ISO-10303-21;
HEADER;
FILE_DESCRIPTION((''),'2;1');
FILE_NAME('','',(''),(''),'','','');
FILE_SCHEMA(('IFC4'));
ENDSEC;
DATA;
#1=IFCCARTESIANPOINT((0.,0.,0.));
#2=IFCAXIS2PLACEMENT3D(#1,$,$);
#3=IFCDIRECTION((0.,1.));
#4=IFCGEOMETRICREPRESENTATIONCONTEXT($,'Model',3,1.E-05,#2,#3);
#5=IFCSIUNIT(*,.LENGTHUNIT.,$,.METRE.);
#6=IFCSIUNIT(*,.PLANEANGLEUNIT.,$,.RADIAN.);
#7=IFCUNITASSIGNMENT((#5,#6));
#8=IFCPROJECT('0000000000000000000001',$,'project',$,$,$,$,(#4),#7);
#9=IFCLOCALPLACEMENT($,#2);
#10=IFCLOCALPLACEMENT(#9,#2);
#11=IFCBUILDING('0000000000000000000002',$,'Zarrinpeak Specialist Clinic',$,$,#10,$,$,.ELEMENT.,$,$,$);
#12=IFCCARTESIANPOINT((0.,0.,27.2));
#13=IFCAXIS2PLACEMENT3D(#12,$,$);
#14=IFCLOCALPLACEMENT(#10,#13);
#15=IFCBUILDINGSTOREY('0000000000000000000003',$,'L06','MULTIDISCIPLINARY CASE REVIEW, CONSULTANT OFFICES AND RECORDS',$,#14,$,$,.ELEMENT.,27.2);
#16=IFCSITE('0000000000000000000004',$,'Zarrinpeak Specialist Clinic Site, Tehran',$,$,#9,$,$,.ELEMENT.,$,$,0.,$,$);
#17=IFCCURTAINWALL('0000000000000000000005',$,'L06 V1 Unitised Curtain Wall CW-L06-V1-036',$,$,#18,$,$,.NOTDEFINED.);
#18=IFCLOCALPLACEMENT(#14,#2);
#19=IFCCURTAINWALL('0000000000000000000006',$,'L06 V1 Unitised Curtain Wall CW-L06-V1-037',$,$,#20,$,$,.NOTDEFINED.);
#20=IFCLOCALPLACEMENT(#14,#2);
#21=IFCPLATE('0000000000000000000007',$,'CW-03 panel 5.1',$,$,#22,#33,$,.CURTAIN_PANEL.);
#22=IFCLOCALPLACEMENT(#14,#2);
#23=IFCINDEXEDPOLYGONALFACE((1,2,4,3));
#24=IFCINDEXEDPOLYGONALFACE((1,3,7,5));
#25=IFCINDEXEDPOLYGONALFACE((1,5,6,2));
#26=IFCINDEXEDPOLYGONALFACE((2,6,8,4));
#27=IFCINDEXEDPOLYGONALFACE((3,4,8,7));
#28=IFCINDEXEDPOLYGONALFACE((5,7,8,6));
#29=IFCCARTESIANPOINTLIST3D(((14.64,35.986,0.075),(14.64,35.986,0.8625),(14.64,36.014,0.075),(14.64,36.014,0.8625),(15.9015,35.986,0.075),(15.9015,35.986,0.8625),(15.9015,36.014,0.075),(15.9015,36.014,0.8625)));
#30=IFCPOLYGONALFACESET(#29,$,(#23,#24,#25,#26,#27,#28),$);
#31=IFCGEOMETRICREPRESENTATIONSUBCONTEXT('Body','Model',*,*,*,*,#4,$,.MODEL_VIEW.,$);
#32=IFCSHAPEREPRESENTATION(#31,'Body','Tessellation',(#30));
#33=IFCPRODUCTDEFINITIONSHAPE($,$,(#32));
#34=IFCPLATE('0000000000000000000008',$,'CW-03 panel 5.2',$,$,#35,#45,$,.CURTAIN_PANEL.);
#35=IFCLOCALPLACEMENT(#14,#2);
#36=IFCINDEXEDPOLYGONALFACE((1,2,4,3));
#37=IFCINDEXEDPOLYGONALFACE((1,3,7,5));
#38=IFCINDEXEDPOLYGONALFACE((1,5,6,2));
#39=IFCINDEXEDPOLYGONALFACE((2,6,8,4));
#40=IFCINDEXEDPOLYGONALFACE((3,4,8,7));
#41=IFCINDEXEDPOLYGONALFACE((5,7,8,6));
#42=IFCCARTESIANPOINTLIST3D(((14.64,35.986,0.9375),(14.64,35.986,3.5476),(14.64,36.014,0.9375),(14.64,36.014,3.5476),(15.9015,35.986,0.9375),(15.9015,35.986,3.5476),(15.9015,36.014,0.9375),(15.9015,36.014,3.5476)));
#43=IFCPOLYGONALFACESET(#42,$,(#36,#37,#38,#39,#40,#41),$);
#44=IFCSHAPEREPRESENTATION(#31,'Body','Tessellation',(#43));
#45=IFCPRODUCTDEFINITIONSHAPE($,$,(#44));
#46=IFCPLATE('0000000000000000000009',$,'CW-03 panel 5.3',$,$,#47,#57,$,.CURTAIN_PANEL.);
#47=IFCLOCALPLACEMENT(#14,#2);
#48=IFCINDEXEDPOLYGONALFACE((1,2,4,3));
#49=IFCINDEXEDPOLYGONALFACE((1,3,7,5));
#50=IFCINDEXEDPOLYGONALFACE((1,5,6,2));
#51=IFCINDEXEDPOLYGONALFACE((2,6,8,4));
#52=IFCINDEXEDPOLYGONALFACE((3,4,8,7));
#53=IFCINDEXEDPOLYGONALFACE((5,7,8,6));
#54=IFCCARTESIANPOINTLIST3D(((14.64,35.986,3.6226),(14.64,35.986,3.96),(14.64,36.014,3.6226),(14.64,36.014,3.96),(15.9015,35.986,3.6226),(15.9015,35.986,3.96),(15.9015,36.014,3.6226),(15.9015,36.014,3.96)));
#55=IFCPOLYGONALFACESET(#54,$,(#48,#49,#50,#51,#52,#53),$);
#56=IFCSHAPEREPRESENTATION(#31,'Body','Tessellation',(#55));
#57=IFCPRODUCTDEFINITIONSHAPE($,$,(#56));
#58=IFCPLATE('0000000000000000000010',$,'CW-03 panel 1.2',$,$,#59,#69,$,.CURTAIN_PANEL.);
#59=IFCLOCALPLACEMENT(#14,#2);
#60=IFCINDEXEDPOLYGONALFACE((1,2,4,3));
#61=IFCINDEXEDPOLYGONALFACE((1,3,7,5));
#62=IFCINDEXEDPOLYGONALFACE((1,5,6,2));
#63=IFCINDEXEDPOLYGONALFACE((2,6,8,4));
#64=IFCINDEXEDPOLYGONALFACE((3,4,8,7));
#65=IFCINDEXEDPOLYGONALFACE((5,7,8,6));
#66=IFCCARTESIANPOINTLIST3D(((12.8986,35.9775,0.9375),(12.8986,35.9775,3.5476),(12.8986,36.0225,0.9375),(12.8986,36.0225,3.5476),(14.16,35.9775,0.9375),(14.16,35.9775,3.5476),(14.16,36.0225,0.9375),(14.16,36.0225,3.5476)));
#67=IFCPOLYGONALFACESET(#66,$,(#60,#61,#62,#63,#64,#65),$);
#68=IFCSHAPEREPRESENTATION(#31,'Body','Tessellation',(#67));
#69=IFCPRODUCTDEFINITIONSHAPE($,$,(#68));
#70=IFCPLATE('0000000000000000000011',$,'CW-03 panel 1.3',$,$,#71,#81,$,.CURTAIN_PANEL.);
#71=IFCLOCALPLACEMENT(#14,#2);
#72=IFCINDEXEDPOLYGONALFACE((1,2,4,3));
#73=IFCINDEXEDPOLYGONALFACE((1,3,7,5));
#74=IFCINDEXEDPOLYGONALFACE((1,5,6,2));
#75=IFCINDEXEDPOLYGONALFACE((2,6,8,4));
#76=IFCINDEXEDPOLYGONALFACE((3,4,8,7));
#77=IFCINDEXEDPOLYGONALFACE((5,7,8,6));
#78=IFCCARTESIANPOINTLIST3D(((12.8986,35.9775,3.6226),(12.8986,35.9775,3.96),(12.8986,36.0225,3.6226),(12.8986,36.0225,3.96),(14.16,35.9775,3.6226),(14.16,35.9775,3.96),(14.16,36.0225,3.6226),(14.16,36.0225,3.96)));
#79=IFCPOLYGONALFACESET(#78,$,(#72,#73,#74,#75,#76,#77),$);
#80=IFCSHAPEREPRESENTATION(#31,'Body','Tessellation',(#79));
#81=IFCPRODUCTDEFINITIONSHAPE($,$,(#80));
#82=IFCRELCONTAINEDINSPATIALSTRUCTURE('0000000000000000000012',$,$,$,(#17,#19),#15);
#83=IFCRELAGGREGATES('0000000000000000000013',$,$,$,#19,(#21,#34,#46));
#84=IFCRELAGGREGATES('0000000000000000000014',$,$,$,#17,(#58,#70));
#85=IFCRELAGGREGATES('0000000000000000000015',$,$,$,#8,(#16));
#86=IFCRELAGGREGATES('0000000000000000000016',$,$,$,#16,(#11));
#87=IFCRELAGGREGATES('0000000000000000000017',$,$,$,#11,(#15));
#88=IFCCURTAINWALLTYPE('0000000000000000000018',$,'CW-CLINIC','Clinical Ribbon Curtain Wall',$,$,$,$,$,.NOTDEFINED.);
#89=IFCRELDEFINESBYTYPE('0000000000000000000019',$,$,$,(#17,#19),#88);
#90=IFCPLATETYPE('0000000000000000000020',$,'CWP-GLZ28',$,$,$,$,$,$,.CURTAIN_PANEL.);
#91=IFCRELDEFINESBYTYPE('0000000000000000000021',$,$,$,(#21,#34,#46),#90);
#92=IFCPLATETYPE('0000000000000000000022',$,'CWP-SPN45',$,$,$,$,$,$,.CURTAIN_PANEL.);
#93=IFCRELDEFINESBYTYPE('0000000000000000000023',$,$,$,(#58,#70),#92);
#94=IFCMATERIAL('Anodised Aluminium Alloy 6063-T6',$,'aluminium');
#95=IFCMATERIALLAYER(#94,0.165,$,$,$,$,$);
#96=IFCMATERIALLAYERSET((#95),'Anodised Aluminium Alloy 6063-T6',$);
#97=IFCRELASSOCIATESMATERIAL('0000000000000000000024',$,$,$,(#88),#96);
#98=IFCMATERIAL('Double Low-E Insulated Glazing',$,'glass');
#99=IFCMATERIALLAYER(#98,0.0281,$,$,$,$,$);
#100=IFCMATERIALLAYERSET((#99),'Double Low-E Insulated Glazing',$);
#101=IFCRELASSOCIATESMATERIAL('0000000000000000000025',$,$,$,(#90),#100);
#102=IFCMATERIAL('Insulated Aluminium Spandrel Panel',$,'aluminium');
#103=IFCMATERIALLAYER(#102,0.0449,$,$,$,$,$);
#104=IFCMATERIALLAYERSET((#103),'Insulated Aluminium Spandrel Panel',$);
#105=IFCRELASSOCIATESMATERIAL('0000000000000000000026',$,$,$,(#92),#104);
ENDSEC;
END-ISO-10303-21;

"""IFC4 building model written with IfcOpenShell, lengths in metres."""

from ifc_helpers import new_model, si_unit, direction, frame, origin, origin_2d, place, context, subcontext, project, spatial, rectangle, extrude, material, layer, layer_set, type_object, element, aggregate, save


model = new_model("IFC4")

# Units and contexts
model_context = context("Model", 3, precision=1e-05, world=origin(), true_north=direction((0.0, 1.0)))
body_context = subcontext(model_context, "Body", "Model", "MODEL_VIEW")
ifc_project = project(units=[si_unit("LENGTHUNIT", "METRE"), si_unit("PLANEANGLEUNIT", "RADIAN")], contexts=[model_context])

# Site, building, storey
site_placement = place(None, origin())
site = spatial("IfcSite", under=ifc_project, at=site_placement, Name="Zarrinpeak Specialist Clinic Site, Tehran", CompositionType="ELEMENT", RefElevation=0.0)
building_placement = place(site_placement, origin())
building = spatial("IfcBuilding", under=site, at=building_placement, Name="Zarrinpeak Specialist Clinic", CompositionType="ELEMENT")
storey_placement = place(building_placement, frame((0.0, 0.0, 27.2)))
storey = spatial("IfcBuildingStorey", under=building, at=storey_placement, Name="L06", Description="MULTIDISCIPLINARY CASE REVIEW, CONSULTANT OFFICES AND RECORDS", CompositionType="ELEMENT", Elevation=27.2)

# Curtain wall
ifc_material_1 = material(Name="Anodised Aluminium Alloy 6063-T6", Category="aluminium")
ifc_layer_1 = layer(ifc_material_1, 0.165)
ifc_layer_set_1 = layer_set([ifc_layer_1], Name="Anodised Aluminium Alloy 6063-T6")
curtain_wall_type = type_object("IfcCurtainWallType", Name="CW-CLINIC", Description="Clinical Ribbon Curtain Wall", PredefinedType="NOTDEFINED", material=ifc_layer_set_1)
curtain_wall_1_placement = place(storey_placement, origin())
curtain_wall_1 = element("IfcCurtainWall", 1, at=curtain_wall_1_placement, inside=storey, type_object=curtain_wall_type, Name="L06 V1 Unitised Curtain Wall CW-L06-V1-036", PredefinedType="NOTDEFINED")

# Curtain wall
curtain_wall_2_placement = place(storey_placement, origin())
curtain_wall_2 = element("IfcCurtainWall", 2, at=curtain_wall_2_placement, inside=storey, type_object=curtain_wall_type, Name="L06 V1 Unitised Curtain Wall CW-L06-V1-037", PredefinedType="NOTDEFINED")

# Plates
ifc_material_2 = material(Name="Double Low-E Insulated Glazing", Category="glass")
ifc_layer_2 = layer(ifc_material_2, 0.0281)
ifc_layer_set_2 = layer_set([ifc_layer_2], Name="Double Low-E Insulated Glazing")
plate_type_1 = type_object("IfcPlateType", Name="CWP-GLZ28", PredefinedType="CURTAIN_PANEL", material=ifc_layer_set_2)
plate_1_placement = place(storey_placement, frame((15.2708, 36.0, 0.075), z_axis=(0.0, 0.0, 1.0), x_axis=(-1.0, 0.0, 0.0)))
plate_1 = element("IfcPlate", 3, at=plate_1_placement, type_object=plate_type_1, Name="CW-03 panel 5.1", PredefinedType="CURTAIN_PANEL", context=body_context, shape_type="SweptSolid", body=[
    extrude(rectangle(XDim=1.2615, YDim=0.0281, at=origin_2d()), origin(), (0.0, 0.0, 1.0), 0.7876),
])
plate_2_placement = place(storey_placement, frame((15.2708, 36.0, 0.9375), z_axis=(0.0, 0.0, 1.0), x_axis=(-1.0, 0.0, 0.0)))
plate_2 = element("IfcPlate", 4, at=plate_2_placement, type_object=plate_type_1, Name="CW-03 panel 5.2", PredefinedType="CURTAIN_PANEL", context=body_context, shape_type="SweptSolid", body=[
    extrude(rectangle(XDim=1.2615, YDim=0.0281, at=origin_2d()), origin(), (0.0, 0.0, 1.0), 2.6101),
])
plate_3_placement = place(storey_placement, frame((15.2708, 36.0, 3.6226), z_axis=(0.0, 0.0, 1.0), x_axis=(-1.0, 0.0, 0.0)))
plate_3 = element("IfcPlate", 5, at=plate_3_placement, type_object=plate_type_1, Name="CW-03 panel 5.3", PredefinedType="CURTAIN_PANEL", context=body_context, shape_type="SweptSolid", body=[
    extrude(rectangle(XDim=1.2615, YDim=0.0281, at=origin_2d()), origin(), (0.0, 0.0, 1.0), 0.3374),
])
aggregate(curtain_wall_2, [plate_1, plate_2, plate_3])
ifc_material_3 = material(Name="Insulated Aluminium Spandrel Panel", Category="aluminium")
ifc_layer_3 = layer(ifc_material_3, 0.0449)
ifc_layer_set_3 = layer_set([ifc_layer_3], Name="Insulated Aluminium Spandrel Panel")
plate_type_2 = type_object("IfcPlateType", Name="CWP-SPN45", PredefinedType="CURTAIN_PANEL", material=ifc_layer_set_3)
plate_4_placement = place(storey_placement, frame((13.5293, 36.0, 0.9375), z_axis=(0.0, 0.0, 1.0), x_axis=(-1.0, 0.0, 0.0)))
plate_4 = element("IfcPlate", 6, at=plate_4_placement, type_object=plate_type_2, Name="CW-03 panel 1.2", PredefinedType="CURTAIN_PANEL", context=body_context, shape_type="SweptSolid", body=[
    extrude(rectangle(XDim=1.2615, YDim=0.0449, at=origin_2d()), origin(), (0.0, 0.0, 1.0), 2.6101),
])
plate_5_placement = place(storey_placement, frame((13.5293, 36.0, 3.6226), z_axis=(0.0, 0.0, 1.0), x_axis=(-1.0, 0.0, 0.0)))
plate_5 = element("IfcPlate", 7, at=plate_5_placement, type_object=plate_type_2, Name="CW-03 panel 1.3", PredefinedType="CURTAIN_PANEL", context=body_context, shape_type="SweptSolid", body=[
    extrude(rectangle(XDim=1.2615, YDim=0.0449, at=origin_2d()), origin(), (0.0, 0.0, 1.0), 0.3374),
])
aggregate(curtain_wall_1, [plate_4, plate_5])

save(model, "model.ifc")
